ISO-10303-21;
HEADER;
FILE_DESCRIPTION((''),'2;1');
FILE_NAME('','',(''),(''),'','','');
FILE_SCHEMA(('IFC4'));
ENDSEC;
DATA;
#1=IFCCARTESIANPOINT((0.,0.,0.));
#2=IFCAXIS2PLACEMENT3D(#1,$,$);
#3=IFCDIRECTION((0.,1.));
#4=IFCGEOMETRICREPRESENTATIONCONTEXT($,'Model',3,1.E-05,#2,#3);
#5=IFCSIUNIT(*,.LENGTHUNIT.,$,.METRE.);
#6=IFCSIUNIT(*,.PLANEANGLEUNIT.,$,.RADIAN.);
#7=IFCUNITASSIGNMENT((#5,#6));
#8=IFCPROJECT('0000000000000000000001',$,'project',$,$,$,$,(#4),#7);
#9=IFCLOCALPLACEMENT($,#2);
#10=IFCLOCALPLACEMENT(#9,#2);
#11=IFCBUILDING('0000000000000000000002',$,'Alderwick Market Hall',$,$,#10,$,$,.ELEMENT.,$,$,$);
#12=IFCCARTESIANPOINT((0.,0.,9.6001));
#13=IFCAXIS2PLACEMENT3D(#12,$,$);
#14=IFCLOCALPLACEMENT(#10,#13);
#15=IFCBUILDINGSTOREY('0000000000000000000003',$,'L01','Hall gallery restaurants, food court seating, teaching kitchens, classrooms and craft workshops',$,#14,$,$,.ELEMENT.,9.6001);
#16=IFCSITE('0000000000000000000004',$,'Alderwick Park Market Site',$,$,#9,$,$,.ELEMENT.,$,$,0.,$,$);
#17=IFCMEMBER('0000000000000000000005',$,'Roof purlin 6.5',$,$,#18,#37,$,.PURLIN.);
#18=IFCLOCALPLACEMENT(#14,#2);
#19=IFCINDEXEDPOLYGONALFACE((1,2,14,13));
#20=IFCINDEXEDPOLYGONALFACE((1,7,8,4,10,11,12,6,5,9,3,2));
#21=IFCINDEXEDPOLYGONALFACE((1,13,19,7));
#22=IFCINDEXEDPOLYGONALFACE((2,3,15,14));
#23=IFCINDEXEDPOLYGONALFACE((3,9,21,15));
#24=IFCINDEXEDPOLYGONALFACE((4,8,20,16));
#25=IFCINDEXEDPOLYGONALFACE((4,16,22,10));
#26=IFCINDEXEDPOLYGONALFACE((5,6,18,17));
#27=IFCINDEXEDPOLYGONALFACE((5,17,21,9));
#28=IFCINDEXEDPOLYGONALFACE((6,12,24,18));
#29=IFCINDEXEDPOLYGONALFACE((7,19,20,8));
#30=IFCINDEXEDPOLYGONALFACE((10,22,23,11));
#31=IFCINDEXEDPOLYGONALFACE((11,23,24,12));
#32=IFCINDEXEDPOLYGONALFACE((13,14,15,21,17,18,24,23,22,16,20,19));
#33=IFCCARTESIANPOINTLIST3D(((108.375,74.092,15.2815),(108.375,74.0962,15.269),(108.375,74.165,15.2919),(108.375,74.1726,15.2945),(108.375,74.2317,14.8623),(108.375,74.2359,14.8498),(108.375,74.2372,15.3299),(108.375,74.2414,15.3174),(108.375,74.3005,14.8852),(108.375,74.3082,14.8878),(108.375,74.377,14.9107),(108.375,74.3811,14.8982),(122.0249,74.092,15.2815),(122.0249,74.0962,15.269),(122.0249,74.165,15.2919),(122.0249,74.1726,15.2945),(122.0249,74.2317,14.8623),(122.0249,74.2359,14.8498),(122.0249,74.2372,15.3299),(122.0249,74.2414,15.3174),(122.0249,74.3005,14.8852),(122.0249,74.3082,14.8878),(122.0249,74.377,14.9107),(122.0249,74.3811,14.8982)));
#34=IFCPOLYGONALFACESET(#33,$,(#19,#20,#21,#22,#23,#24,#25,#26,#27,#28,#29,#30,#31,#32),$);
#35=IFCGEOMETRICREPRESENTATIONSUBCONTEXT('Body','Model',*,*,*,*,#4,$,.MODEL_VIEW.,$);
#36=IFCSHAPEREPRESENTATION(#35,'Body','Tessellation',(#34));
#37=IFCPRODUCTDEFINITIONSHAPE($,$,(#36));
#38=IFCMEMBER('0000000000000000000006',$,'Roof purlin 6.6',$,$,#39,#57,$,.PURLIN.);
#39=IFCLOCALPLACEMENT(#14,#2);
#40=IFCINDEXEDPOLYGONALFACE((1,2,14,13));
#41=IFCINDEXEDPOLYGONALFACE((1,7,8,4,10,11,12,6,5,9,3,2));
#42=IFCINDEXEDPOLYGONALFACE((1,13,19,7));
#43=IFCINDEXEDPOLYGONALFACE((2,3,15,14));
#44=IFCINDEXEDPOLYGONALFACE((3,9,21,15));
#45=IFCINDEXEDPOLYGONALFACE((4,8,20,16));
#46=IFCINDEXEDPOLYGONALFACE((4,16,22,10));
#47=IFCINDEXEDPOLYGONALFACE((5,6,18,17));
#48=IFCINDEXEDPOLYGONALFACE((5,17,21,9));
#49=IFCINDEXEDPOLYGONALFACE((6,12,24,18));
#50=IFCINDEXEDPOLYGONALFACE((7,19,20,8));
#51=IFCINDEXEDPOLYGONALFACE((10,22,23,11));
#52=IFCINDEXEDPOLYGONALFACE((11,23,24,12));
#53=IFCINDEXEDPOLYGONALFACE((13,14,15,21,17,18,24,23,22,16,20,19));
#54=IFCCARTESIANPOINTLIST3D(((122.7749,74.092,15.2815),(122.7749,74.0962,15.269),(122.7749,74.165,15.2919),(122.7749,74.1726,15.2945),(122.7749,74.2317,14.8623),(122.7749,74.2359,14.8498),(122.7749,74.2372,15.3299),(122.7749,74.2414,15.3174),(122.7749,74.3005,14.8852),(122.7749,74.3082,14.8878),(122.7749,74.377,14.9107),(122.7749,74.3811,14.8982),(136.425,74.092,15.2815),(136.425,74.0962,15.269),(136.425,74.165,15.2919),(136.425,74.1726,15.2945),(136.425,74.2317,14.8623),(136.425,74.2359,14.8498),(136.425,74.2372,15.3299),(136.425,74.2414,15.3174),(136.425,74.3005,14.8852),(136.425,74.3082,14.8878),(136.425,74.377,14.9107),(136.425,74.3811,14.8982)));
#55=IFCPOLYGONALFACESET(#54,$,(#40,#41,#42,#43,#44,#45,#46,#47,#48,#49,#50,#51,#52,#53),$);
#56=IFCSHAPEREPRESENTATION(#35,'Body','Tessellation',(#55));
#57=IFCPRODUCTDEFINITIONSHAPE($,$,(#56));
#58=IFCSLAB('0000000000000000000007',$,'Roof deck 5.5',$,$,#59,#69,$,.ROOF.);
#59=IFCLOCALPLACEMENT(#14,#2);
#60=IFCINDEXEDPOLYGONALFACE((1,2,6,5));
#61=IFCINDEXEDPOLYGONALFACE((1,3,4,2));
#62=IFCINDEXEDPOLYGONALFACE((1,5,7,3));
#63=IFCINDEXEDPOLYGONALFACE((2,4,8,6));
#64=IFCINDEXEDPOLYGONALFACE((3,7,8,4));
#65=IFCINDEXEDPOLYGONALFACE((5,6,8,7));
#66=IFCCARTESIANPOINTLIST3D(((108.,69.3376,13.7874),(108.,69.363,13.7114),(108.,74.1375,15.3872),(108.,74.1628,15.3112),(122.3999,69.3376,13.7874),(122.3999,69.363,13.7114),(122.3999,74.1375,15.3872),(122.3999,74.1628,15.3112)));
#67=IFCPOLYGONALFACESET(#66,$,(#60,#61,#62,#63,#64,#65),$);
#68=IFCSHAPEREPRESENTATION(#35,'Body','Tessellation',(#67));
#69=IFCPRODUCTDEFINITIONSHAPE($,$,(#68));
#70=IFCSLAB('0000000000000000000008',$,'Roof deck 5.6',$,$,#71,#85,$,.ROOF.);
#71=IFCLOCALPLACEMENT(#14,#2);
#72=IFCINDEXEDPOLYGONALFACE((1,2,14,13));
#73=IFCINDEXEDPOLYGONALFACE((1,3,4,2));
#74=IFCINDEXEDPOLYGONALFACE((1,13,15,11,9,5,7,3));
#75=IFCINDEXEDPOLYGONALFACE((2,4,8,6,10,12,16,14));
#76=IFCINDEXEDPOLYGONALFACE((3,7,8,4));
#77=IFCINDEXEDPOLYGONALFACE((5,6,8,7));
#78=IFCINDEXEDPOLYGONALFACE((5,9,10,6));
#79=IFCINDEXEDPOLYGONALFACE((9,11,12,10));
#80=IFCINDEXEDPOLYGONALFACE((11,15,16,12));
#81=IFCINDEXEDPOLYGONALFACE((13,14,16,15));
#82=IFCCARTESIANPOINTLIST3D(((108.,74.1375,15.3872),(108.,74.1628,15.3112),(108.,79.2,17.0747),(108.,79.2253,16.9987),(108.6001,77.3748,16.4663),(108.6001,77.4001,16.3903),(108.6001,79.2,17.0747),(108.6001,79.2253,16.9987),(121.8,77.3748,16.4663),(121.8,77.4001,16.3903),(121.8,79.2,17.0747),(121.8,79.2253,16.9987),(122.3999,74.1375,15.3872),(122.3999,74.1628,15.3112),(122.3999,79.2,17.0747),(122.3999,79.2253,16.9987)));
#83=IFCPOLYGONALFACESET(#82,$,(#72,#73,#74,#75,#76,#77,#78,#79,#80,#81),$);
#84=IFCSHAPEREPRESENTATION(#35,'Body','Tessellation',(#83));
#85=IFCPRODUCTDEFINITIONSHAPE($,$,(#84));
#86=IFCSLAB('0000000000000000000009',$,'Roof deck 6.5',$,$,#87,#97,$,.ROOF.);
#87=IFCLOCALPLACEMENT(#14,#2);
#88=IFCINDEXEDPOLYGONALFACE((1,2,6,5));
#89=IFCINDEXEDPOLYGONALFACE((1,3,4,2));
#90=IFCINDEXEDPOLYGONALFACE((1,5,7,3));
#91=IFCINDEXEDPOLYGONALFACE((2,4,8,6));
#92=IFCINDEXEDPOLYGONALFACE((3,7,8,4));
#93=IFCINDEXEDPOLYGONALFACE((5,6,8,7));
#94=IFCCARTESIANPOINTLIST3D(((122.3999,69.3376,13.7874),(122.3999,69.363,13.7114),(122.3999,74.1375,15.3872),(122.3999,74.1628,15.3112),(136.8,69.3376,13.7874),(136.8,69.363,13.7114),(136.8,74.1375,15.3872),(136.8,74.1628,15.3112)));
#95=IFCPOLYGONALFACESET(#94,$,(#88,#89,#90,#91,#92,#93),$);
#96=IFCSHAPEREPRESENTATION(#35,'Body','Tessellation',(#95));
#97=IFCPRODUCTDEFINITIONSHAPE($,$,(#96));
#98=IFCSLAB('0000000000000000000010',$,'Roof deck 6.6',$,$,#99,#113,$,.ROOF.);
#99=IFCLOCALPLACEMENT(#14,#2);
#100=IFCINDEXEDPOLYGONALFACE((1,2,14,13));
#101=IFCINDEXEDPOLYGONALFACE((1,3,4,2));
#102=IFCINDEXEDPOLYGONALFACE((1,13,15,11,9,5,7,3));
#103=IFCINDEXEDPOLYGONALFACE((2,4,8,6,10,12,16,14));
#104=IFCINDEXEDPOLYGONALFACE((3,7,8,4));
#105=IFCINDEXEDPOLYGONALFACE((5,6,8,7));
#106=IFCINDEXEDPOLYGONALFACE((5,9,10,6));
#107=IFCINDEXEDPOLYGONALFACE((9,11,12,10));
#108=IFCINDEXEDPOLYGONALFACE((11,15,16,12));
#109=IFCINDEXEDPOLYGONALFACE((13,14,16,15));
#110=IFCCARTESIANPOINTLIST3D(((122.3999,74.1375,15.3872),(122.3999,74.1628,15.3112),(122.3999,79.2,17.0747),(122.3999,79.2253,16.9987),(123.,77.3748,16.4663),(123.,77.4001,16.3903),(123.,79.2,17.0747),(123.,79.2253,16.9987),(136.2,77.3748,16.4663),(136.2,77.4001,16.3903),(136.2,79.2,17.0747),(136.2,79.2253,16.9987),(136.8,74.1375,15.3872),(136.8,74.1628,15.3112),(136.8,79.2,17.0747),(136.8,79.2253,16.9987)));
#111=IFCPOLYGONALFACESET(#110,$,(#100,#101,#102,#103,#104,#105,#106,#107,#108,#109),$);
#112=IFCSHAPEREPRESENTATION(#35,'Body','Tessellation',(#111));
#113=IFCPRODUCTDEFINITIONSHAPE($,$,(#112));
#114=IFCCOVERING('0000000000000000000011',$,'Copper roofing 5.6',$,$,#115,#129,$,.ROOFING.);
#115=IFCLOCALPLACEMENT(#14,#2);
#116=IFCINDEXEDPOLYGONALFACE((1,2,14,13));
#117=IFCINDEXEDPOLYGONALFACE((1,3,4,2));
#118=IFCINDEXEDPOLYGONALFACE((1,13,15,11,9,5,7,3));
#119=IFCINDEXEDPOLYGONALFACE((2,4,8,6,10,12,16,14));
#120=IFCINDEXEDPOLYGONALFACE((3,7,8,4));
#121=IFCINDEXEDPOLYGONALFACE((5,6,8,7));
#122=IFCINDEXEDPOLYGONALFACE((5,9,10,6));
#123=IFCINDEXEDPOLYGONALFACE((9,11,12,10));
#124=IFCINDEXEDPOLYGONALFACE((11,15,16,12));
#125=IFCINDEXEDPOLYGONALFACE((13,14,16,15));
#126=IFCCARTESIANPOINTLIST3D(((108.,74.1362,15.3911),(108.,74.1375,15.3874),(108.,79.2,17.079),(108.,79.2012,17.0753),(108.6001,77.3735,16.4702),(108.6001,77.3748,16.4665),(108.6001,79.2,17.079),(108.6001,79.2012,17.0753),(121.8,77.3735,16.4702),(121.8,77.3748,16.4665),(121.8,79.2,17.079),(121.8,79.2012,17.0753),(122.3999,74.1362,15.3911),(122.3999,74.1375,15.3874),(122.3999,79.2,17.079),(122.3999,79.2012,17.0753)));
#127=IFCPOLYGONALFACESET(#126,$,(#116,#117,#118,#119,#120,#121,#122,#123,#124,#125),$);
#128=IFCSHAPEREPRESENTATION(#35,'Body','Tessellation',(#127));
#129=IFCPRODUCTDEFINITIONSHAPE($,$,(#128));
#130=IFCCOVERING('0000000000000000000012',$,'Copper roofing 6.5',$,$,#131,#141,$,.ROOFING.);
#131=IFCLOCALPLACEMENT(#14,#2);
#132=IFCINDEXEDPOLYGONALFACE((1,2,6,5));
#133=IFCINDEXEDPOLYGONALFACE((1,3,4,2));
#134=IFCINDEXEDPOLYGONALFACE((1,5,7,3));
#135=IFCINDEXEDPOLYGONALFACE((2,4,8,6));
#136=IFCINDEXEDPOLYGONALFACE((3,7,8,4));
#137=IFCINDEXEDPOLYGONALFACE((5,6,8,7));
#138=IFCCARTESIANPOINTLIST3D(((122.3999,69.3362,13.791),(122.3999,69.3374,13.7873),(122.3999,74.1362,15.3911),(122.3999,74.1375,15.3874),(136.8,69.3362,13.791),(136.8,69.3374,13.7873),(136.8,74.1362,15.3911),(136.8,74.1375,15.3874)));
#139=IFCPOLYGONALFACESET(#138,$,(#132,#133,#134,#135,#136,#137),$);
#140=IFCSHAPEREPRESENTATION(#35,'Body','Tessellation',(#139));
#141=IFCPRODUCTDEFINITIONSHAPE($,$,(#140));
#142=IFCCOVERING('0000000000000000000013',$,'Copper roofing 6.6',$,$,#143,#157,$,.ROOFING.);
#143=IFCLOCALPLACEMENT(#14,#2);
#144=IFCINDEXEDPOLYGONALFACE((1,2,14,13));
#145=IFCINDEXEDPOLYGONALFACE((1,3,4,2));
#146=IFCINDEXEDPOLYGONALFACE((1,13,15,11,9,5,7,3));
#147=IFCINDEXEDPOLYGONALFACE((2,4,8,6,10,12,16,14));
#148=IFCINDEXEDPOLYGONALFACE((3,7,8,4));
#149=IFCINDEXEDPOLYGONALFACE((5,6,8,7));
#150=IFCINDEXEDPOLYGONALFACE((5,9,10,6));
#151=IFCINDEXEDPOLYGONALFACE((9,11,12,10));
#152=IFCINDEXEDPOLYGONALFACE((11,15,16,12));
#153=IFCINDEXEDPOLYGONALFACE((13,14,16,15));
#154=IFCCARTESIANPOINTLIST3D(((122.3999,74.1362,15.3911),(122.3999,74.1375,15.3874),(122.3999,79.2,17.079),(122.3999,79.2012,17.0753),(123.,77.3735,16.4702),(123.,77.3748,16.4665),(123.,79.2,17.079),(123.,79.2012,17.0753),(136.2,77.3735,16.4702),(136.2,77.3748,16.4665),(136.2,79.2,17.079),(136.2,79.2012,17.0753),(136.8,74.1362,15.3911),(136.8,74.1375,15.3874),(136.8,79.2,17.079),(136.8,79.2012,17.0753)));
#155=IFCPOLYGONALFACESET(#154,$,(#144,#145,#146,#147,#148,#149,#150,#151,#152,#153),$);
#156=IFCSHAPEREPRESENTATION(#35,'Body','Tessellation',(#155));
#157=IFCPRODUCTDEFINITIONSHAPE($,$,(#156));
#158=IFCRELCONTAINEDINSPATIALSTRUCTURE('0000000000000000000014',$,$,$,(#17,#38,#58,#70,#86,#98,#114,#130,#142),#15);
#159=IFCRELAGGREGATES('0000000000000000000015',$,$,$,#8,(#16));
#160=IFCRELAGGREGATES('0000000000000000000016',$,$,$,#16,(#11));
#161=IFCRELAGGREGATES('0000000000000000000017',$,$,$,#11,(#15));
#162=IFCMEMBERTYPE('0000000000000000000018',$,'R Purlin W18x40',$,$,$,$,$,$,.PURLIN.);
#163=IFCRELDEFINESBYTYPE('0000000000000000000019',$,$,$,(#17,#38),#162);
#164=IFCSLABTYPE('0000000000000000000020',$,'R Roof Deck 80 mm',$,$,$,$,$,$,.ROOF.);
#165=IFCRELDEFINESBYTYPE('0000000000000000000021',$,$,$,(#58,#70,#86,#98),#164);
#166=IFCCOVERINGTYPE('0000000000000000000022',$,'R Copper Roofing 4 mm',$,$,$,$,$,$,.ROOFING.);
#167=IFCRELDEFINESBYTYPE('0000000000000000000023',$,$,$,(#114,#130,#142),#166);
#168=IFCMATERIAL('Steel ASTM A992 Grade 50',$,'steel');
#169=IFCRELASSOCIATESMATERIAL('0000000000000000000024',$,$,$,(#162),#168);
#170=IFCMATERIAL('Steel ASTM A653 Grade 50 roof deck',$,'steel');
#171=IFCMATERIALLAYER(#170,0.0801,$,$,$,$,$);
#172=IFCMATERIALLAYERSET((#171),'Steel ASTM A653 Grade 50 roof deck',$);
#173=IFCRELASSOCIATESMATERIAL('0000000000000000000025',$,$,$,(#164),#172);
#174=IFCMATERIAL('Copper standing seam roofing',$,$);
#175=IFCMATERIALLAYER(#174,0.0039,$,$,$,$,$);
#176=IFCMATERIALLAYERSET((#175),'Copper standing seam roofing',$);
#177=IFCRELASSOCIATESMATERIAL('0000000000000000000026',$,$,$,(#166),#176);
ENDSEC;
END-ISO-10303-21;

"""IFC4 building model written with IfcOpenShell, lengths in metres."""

from ifc_helpers import new_model, si_unit, direction, frame, origin, origin_2d, place, context, subcontext, project, spatial, polyline, i_section, outline, extrude, material, layer, layer_set, material_profile, profile_set, type_object, element, save


model = new_model("IFC4")

# Units and contexts
model_context = context("Model", 3, precision=1e-05, world=origin(), true_north=direction((0.0, 1.0)))
body_context = subcontext(model_context, "Body", "Model", "MODEL_VIEW")
ifc_project = project(units=[si_unit("LENGTHUNIT", "METRE"), si_unit("PLANEANGLEUNIT", "RADIAN")], contexts=[model_context])

# Site, building, storey
site_placement = place(None, origin())
site = spatial("IfcSite", under=ifc_project, at=site_placement, Name="Alderwick Park Market Site", CompositionType="ELEMENT", RefElevation=0.0)
building_placement = place(site_placement, origin())
building = spatial("IfcBuilding", under=site, at=building_placement, Name="Alderwick Market Hall", CompositionType="ELEMENT")
storey_placement = place(building_placement, frame((0.0, 0.0, 9.6001)))
storey = spatial("IfcBuildingStorey", under=building, at=storey_placement, Name="L01", Description="Hall gallery restaurants, food court seating, teaching kitchens, classrooms and craft workshops", CompositionType="ELEMENT", Elevation=9.6001)

# Members
ifc_material_1 = material(Name="Steel ASTM A992 Grade 50", Category="steel")
ifc_material_profile_1 = material_profile(ifc_material_1, i_section(OverallWidth=0.1531, OverallDepth=0.4551, WebThickness=0.0081, FlangeThickness=0.0132, at=origin_2d()), Name="W18x40")
ifc_profile_set_1 = profile_set([ifc_material_profile_1], Name="Steel ASTM A992 Grade 50")
member_type_1 = type_object("IfcMemberType", Name="R Purlin W18x40", PredefinedType="PURLIN", material=ifc_profile_set_1)
member_1_placement = place(storey_placement, frame((108.375, 74.2366, 15.0898), z_axis=(1.0, 0.0, 0.0), x_axis=(0.0, 0.948683, 0.316228)))
element("IfcMember", 1, at=member_1_placement, inside=storey, type_object=member_type_1, Name="Roof purlin 6.5", PredefinedType="PURLIN", context=body_context, shape_type="SweptSolid", body=[
    extrude(i_section(OverallWidth=0.1531, OverallDepth=0.4551, WebThickness=0.0081, FlangeThickness=0.0132, at=origin_2d()), origin(), (0.0, 0.0, 1.0), 13.6499),
])
member_2_placement = place(storey_placement, frame((122.7749, 74.2366, 15.0898), z_axis=(1.0, 0.0, 0.0), x_axis=(0.0, 0.948683, 0.316228)))
element("IfcMember", 2, at=member_2_placement, inside=storey, type_object=member_type_1, Name="Roof purlin 6.6", PredefinedType="PURLIN", context=body_context, shape_type="SweptSolid", body=[
    extrude(i_section(OverallWidth=0.1531, OverallDepth=0.4551, WebThickness=0.0081, FlangeThickness=0.0132, at=origin_2d()), origin(), (0.0, 0.0, 1.0), 13.6501),
])

# Slabs
ifc_material_2 = material(Name="Steel ASTM A653 Grade 50 roof deck", Category="steel")
ifc_layer_1 = layer(ifc_material_2, 0.0801)
ifc_layer_set_1 = layer_set([ifc_layer_1], Name="Steel ASTM A653 Grade 50 roof deck")
slab_type = type_object("IfcSlabType", Name="R Roof Deck 80 mm", PredefinedType="ROOF", material=ifc_layer_set_1)
slab_1_placement = place(storey_placement, frame((108.0, 69.3376, 13.7874), z_axis=(0.0, -0.316213, 0.948688), x_axis=(1.0, 0.0, 0.0)))
element("IfcSlab", 3, at=slab_1_placement, inside=storey, type_object=slab_type, Name="Roof deck 5.5", PredefinedType="ROOF", context=body_context, shape_type="SweptSolid", body=[
    extrude(outline(polyline([(0.0, 0.0), (14.3999, 0.0), (14.3999, 5.0594), (0.0, 5.0594), (0.0, 0.0)])), origin(), (0.0, 0.0, -1.0), 0.0801),
])
slab_2_placement = place(storey_placement, frame((108.0, 74.1375, 15.3872), z_axis=(0.0, -0.316228, 0.948683), x_axis=(1.0, 0.0, 0.0)))
element("IfcSlab", 4, at=slab_2_placement, inside=storey, type_object=slab_type, Name="Roof deck 5.6", PredefinedType="ROOF", context=body_context, shape_type="SweptSolid", body=[
    extrude(outline(polyline([(0.0, 0.0), (14.3999, 0.0), (14.3999, 5.3363), (13.8, 5.3363), (13.8, 3.4124), (0.6001, 3.4124), (0.6001, 5.3363), (0.0, 5.3363), (0.0, 0.0)])), origin(), (0.0, 0.0, -1.0), 0.0801),
])
slab_3_placement = place(storey_placement, frame((122.3999, 69.3376, 13.7874), z_axis=(0.0, -0.316213, 0.948688), x_axis=(1.0, 0.0, 0.0)))
element("IfcSlab", 5, at=slab_3_placement, inside=storey, type_object=slab_type, Name="Roof deck 6.5", PredefinedType="ROOF", context=body_context, shape_type="SweptSolid", body=[
    extrude(outline(polyline([(0.0, 0.0), (14.4001, 0.0), (14.4001, 5.0594), (0.0, 5.0594), (0.0, 0.0)])), origin(), (0.0, 0.0, -1.0), 0.0801),
])
slab_4_placement = place(storey_placement, frame((122.3999, 74.1375, 15.3872), z_axis=(0.0, -0.316228, 0.948683), x_axis=(1.0, 0.0, 0.0)))
element("IfcSlab", 6, at=slab_4_placement, inside=storey, type_object=slab_type, Name="Roof deck 6.6", PredefinedType="ROOF", context=body_context, shape_type="SweptSolid", body=[
    extrude(outline(polyline([(0.0, 0.0), (14.4001, 0.0), (14.4001, 5.3363), (13.8, 5.3363), (13.8, 3.4124), (0.6001, 3.4124), (0.6001, 5.3363), (0.0, 5.3363), (0.0, 0.0)])), origin(), (0.0, 0.0, -1.0), 0.0801),
])

# Coverings
ifc_material_3 = material(Name="Copper standing seam roofing")
ifc_layer_2 = layer(ifc_material_3, 0.0039)
ifc_layer_set_2 = layer_set([ifc_layer_2], Name="Copper standing seam roofing")
covering_type = type_object("IfcCoveringType", Name="R Copper Roofing 4 mm", PredefinedType="ROOFING", material=ifc_layer_set_2)
covering_1_placement = place(storey_placement, frame((108.0, 74.1362, 15.3911), z_axis=(0.0, -0.316229, 0.948683), x_axis=(1.0, 0.0, 0.0)))
element("IfcCovering", 7, at=covering_1_placement, inside=storey, type_object=covering_type, Name="Copper roofing 5.6", PredefinedType="ROOFING", context=body_context, shape_type="SweptSolid", body=[
    extrude(outline(polyline([(0.0, 0.0), (14.3999, 0.0), (14.3999, 5.3377), (13.8, 5.3377), (13.8, 3.4124), (0.6001, 3.4124), (0.6001, 5.3377), (0.0, 5.3377), (0.0, 0.0)])), origin(), (0.0, 0.0, -1.0), 0.0039),
])
covering_2_placement = place(storey_placement, frame((122.3999, 69.3362, 13.791), z_axis=(0.0, -0.316242, 0.948678), x_axis=(1.0, 0.0, 0.0)))
element("IfcCovering", 8, at=covering_2_placement, inside=storey, type_object=covering_type, Name="Copper roofing 6.5", PredefinedType="ROOFING", context=body_context, shape_type="SweptSolid", body=[
    extrude(outline(polyline([(0.0, 0.0), (14.4001, 0.0), (14.4001, 5.0597), (0.0, 5.0597), (0.0, 0.0)])), origin(), (0.0, 0.0, -1.0), 0.0039),
])
covering_3_placement = place(storey_placement, frame((122.3999, 74.1362, 15.3911), z_axis=(0.0, -0.316229, 0.948683), x_axis=(1.0, 0.0, 0.0)))
element("IfcCovering", 9, at=covering_3_placement, inside=storey, type_object=covering_type, Name="Copper roofing 6.6", PredefinedType="ROOFING", context=body_context, shape_type="SweptSolid", body=[
    extrude(outline(polyline([(0.0, 0.0), (14.4001, 0.0), (14.4001, 5.3377), (13.8, 5.3377), (13.8, 3.4124), (0.6001, 3.4124), (0.6001, 5.3377), (0.0, 5.3377), (0.0, 0.0)])), origin(), (0.0, 0.0, -1.0), 0.0039),
])

save(model, "model.ifc")
